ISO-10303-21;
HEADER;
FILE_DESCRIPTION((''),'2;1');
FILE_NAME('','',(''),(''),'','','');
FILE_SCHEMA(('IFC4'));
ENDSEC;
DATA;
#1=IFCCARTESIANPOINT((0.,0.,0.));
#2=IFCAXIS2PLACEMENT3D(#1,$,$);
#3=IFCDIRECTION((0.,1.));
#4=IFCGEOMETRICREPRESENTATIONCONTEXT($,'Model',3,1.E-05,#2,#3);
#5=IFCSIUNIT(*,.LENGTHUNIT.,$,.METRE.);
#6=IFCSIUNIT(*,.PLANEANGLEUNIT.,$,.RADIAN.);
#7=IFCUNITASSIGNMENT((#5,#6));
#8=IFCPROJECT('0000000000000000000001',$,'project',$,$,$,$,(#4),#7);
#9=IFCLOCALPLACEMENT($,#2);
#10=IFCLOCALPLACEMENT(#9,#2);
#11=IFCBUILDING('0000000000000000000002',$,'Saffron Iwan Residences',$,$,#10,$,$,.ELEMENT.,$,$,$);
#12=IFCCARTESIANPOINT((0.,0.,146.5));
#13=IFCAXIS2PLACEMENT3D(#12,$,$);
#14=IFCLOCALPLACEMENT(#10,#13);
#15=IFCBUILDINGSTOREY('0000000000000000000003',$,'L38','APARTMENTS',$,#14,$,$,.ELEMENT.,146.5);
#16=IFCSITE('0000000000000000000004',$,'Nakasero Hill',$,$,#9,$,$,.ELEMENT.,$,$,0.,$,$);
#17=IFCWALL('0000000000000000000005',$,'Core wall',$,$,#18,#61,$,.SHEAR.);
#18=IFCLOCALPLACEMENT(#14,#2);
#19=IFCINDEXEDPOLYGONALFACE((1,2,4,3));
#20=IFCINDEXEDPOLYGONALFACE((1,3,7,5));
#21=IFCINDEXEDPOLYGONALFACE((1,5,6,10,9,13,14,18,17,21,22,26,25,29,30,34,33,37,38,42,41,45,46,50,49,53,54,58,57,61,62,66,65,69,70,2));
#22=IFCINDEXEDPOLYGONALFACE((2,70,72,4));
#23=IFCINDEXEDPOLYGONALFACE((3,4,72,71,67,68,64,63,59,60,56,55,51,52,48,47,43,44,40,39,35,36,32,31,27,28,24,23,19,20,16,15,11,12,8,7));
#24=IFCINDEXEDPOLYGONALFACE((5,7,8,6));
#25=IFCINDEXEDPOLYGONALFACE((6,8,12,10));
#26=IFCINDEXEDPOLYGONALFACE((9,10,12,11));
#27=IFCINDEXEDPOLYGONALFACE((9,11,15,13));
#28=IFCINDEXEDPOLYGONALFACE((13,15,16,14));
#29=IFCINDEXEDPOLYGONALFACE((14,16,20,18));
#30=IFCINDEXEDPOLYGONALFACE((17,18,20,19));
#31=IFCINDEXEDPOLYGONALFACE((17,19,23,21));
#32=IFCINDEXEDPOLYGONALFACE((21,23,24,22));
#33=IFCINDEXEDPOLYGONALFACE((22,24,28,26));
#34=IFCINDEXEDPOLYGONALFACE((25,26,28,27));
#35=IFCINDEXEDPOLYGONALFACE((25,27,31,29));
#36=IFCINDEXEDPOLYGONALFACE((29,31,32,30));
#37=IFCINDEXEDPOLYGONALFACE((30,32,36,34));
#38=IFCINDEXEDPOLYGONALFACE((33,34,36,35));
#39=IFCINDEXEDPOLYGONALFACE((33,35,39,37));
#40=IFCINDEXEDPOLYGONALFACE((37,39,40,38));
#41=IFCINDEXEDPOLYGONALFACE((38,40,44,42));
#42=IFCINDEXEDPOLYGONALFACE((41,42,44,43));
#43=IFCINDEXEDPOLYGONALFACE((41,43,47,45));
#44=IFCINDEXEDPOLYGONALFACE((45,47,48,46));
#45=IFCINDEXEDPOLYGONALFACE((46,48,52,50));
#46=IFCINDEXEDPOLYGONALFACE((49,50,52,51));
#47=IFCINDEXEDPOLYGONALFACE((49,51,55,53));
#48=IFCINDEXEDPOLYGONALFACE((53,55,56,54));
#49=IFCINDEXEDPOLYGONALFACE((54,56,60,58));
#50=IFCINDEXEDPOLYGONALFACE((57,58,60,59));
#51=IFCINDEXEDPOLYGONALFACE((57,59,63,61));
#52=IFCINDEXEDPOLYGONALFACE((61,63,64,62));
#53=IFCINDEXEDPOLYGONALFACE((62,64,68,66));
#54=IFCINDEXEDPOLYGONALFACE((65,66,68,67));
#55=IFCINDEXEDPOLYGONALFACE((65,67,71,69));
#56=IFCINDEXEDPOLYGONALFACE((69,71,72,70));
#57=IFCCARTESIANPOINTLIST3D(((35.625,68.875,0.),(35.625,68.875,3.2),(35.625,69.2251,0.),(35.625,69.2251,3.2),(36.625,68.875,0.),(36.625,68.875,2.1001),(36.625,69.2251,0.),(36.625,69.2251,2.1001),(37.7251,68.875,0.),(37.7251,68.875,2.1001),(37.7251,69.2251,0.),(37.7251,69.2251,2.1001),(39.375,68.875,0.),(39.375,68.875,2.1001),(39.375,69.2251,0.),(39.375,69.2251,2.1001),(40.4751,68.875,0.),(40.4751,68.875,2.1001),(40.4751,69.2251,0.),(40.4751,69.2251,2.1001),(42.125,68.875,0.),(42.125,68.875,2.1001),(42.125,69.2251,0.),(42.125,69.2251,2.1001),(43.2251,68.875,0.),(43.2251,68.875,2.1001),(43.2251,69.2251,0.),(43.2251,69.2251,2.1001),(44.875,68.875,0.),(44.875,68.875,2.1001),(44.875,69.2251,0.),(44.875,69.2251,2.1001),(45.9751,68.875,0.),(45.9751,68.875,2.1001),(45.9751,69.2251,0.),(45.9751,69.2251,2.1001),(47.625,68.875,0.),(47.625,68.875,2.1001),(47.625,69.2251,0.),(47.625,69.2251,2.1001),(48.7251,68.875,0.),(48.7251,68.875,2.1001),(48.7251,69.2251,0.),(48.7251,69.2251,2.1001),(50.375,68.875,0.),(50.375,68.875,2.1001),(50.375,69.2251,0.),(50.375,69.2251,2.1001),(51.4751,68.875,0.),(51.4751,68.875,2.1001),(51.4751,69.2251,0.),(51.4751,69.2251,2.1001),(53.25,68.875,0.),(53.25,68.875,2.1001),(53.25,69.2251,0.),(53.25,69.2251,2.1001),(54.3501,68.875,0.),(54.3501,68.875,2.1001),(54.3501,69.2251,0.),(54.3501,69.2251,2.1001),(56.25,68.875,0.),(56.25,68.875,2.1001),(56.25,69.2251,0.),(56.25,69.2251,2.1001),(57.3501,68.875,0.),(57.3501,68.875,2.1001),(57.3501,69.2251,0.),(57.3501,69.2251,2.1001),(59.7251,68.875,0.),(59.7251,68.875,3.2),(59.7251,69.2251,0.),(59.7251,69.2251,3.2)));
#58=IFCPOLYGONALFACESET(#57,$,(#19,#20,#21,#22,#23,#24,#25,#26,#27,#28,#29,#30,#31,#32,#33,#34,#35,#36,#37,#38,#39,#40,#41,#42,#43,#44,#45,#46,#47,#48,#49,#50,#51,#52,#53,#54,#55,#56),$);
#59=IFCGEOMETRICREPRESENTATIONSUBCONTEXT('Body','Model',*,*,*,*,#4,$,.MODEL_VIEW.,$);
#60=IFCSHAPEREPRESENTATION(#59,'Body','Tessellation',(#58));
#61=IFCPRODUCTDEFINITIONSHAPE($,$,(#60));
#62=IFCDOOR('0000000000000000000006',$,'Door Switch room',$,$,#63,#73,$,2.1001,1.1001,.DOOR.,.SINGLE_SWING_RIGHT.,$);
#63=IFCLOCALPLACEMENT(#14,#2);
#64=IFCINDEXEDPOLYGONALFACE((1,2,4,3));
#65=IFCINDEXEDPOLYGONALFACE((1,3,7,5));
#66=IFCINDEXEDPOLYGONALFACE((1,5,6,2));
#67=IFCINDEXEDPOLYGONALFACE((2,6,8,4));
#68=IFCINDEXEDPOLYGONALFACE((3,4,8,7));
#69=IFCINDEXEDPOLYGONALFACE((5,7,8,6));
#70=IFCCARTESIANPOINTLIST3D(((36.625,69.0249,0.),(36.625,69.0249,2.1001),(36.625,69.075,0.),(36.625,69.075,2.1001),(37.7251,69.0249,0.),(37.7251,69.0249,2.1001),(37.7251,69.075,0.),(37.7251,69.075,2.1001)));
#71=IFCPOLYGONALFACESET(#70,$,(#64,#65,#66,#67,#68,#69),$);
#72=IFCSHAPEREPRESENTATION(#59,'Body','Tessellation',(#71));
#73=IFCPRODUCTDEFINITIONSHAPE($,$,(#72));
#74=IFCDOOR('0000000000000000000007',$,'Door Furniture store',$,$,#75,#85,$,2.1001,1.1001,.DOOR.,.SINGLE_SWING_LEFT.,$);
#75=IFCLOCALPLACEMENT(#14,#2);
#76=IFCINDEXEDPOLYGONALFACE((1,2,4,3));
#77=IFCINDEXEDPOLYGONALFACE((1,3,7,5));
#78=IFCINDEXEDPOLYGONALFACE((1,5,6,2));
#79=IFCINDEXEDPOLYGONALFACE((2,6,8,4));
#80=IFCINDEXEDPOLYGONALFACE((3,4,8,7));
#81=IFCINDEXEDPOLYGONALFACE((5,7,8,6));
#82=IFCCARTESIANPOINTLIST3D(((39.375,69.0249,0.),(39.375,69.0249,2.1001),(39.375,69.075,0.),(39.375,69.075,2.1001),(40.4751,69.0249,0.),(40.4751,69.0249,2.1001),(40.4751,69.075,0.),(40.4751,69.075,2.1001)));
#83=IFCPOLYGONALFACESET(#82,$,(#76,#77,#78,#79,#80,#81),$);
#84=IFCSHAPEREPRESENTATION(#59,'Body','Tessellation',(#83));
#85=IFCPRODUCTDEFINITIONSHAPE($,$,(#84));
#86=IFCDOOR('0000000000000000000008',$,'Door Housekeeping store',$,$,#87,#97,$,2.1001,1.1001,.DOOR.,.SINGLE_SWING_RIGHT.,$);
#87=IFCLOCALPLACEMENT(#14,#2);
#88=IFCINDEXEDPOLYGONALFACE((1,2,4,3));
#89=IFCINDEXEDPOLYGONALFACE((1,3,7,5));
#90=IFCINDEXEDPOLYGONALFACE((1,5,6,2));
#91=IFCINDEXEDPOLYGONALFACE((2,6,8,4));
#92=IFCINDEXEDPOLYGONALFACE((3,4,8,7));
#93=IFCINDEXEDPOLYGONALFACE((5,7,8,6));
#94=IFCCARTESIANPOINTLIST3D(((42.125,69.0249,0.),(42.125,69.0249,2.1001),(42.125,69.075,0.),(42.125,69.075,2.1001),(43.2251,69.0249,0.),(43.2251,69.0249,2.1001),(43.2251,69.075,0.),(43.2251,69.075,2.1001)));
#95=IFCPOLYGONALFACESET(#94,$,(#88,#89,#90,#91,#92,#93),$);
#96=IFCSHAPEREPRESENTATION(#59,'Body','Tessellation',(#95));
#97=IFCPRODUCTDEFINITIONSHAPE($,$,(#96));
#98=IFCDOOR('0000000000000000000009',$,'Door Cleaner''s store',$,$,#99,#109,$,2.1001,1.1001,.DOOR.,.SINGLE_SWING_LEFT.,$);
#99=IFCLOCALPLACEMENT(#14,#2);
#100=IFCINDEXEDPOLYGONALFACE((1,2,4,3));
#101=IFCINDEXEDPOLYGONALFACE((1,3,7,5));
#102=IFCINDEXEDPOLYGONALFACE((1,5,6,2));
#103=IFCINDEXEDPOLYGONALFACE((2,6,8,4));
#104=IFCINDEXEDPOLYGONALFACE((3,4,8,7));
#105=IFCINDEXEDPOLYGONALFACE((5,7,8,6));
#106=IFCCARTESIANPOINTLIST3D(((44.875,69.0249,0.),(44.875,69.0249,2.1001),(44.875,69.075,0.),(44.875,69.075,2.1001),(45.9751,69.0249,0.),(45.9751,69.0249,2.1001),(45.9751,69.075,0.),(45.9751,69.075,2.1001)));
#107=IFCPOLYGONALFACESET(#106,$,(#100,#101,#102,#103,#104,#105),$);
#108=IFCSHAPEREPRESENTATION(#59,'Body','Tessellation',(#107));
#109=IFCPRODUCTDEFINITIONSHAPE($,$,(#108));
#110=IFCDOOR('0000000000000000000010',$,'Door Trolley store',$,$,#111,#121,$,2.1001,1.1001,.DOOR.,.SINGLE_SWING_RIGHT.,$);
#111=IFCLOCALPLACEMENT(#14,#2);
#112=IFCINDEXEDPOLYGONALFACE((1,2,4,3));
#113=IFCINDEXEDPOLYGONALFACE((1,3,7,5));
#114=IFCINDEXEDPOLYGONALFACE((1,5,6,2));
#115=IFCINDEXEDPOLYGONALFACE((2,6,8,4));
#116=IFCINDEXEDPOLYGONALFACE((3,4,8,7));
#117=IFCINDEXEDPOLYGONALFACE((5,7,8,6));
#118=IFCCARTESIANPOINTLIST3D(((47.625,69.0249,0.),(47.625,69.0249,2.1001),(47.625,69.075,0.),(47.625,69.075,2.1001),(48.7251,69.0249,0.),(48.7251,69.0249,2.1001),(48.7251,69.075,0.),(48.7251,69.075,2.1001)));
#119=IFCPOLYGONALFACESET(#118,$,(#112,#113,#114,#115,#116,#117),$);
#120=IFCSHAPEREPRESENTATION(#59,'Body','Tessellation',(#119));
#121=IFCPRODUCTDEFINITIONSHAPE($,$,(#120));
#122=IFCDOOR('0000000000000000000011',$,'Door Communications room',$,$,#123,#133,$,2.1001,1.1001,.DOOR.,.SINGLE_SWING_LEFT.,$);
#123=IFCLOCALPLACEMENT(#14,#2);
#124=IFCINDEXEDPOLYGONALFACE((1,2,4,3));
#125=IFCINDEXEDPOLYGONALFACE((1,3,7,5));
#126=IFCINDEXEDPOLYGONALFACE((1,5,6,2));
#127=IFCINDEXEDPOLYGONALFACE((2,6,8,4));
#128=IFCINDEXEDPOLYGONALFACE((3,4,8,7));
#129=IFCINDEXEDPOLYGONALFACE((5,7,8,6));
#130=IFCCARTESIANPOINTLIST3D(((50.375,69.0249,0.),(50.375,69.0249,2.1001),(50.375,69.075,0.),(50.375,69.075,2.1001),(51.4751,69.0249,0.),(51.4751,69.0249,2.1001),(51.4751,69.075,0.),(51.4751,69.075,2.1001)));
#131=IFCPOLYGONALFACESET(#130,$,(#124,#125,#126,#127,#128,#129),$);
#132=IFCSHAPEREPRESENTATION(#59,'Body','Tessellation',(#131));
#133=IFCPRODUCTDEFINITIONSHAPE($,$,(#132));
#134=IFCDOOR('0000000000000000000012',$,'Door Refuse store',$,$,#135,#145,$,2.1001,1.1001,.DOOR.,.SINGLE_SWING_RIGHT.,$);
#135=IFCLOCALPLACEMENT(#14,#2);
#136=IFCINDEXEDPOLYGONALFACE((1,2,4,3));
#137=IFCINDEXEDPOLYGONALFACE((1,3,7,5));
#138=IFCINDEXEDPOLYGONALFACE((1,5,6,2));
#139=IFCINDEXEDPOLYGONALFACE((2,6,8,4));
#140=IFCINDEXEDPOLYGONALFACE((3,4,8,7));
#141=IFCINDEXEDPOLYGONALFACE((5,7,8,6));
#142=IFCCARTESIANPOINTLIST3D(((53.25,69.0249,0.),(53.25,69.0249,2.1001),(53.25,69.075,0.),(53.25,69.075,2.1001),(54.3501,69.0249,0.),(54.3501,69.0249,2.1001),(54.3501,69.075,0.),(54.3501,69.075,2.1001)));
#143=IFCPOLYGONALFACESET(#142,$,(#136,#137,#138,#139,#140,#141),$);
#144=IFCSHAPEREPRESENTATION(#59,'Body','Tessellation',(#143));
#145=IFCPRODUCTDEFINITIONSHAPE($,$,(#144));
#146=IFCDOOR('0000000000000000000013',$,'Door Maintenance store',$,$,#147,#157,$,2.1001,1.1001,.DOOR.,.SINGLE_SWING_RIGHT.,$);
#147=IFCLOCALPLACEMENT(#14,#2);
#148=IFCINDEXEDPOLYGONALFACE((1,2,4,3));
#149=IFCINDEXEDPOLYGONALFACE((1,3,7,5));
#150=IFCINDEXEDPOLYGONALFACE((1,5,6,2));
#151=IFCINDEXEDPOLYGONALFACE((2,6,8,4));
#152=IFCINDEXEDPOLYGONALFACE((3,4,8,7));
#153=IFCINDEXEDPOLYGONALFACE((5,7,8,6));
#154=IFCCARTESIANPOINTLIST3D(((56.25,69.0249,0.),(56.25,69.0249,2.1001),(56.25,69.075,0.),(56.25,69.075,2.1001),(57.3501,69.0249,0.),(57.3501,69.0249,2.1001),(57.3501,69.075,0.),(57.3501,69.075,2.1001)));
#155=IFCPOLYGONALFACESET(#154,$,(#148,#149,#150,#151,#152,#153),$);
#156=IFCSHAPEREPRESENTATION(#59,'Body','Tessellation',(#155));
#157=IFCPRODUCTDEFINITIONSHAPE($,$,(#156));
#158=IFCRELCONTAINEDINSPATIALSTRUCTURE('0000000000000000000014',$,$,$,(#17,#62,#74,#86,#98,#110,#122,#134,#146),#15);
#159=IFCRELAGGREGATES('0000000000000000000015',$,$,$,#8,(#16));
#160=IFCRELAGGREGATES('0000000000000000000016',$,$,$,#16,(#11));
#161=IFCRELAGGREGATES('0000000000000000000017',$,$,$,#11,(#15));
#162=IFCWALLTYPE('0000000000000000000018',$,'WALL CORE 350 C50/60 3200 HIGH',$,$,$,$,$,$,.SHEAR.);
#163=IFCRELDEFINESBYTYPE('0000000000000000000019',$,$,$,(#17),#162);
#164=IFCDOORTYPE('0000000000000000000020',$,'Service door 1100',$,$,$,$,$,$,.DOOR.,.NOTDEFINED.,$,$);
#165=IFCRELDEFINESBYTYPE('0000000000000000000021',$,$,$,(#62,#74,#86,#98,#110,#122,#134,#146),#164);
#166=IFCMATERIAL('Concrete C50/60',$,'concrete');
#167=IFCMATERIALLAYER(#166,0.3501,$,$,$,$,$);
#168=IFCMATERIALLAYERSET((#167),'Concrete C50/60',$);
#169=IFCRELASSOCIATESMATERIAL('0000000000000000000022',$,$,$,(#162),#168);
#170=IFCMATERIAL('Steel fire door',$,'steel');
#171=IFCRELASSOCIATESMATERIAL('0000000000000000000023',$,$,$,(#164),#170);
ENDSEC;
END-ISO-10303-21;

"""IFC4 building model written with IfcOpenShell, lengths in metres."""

from ifc_helpers import new_model, si_unit, direction, frame, frame_2d, origin, place, context, subcontext, project, spatial, rectangle, extrude, material, layer, layer_set, type_object, element, fill, save


model = new_model("IFC4")

# Units and contexts
model_context = context("Model", 3, precision=1e-05, world=origin(), true_north=direction((0.0, 1.0)))
body_context = subcontext(model_context, "Body", "Model", "MODEL_VIEW")
ifc_project = project(units=[si_unit("LENGTHUNIT", "METRE"), si_unit("PLANEANGLEUNIT", "RADIAN")], contexts=[model_context])

# Site, building, storey
site_placement = place(None, origin())
site = spatial("IfcSite", under=ifc_project, at=site_placement, Name="Nakasero Hill", CompositionType="ELEMENT", RefElevation=0.0)
building_placement = place(site_placement, origin())
building = spatial("IfcBuilding", under=site, at=building_placement, Name="Saffron Iwan Residences", CompositionType="ELEMENT")
storey_placement = place(building_placement, frame((0.0, 0.0, 146.5)))
storey = spatial("IfcBuildingStorey", under=building, at=storey_placement, Name="L38", Description="APARTMENTS", CompositionType="ELEMENT", Elevation=146.5)

# Wall, openings, doors
ifc_material_1 = material(Name="Concrete C50/60", Category="concrete")
ifc_layer = layer(ifc_material_1, 0.3501)
ifc_layer_set = layer_set([ifc_layer], Name="Concrete C50/60")
wall_type = type_object("IfcWallType", Name="WALL CORE 350 C50/60 3200 HIGH", PredefinedType="SHEAR", material=ifc_layer_set)
wall_1_placement = place(storey_placement, frame((35.625, 69.05, 0.0), z_axis=(0.0, 0.0, 1.0), x_axis=(1.0, 0.0, 0.0)))
wall_1 = element("IfcWall", 1, at=wall_1_placement, inside=storey, type_object=wall_type, Name="Core wall", PredefinedType="SHEAR", context=body_context, shape_type="SweptSolid", body=[
    extrude(rectangle(XDim=24.1001, YDim=0.3501, at=frame_2d((12.05, 0.0))), origin(), (0.0, 0.0, 1.0), 3.2),
])
opening_1_placement = place(wall_1_placement, frame((1.0, 0.0, 0.0)))
opening_1 = element("IfcOpeningElement", 2, at=opening_1_placement, cuts=wall_1, PredefinedType="OPENING", context=body_context, shape_type="SweptSolid", body=[
    extrude(rectangle(XDim=1.1001, YDim=2.1001, at=frame_2d((0.55, 1.05))), frame((0.0, 0.1851, 0.0), z_axis=(0.0, -1.0, 0.0), x_axis=(1.0, 0.0, 0.0)), (0.0, 0.0, 1.0), 0.3701),
])
opening_2_placement = place(wall_1_placement, frame((3.75, 0.0, 0.0)))
opening_2 = element("IfcOpeningElement", 3, at=opening_2_placement, cuts=wall_1, PredefinedType="OPENING", context=body_context, shape_type="SweptSolid", body=[
    extrude(rectangle(XDim=1.1001, YDim=2.1001, at=frame_2d((0.55, 1.05))), frame((0.0, 0.1851, 0.0), z_axis=(0.0, -1.0, 0.0), x_axis=(1.0, 0.0, 0.0)), (0.0, 0.0, 1.0), 0.3701),
])
opening_3_placement = place(wall_1_placement, frame((6.5, 0.0, 0.0)))
opening_3 = element("IfcOpeningElement", 4, at=opening_3_placement, cuts=wall_1, PredefinedType="OPENING", context=body_context, shape_type="SweptSolid", body=[
    extrude(rectangle(XDim=1.1001, YDim=2.1001, at=frame_2d((0.55, 1.05))), frame((0.0, 0.1851, 0.0), z_axis=(0.0, -1.0, 0.0), x_axis=(1.0, 0.0, 0.0)), (0.0, 0.0, 1.0), 0.3701),
])
opening_4_placement = place(wall_1_placement, frame((9.25, 0.0, 0.0)))
opening_4 = element("IfcOpeningElement", 5, at=opening_4_placement, cuts=wall_1, PredefinedType="OPENING", context=body_context, shape_type="SweptSolid", body=[
    extrude(rectangle(XDim=1.1001, YDim=2.1001, at=frame_2d((0.55, 1.05))), frame((0.0, 0.1851, 0.0), z_axis=(0.0, -1.0, 0.0), x_axis=(1.0, 0.0, 0.0)), (0.0, 0.0, 1.0), 0.3701),
])
opening_5_placement = place(wall_1_placement, frame((12.0, 0.0, 0.0)))
opening_5 = element("IfcOpeningElement", 6, at=opening_5_placement, cuts=wall_1, PredefinedType="OPENING", context=body_context, shape_type="SweptSolid", body=[
    extrude(rectangle(XDim=1.1001, YDim=2.1001, at=frame_2d((0.55, 1.05))), frame((0.0, 0.1851, 0.0), z_axis=(0.0, -1.0, 0.0), x_axis=(1.0, 0.0, 0.0)), (0.0, 0.0, 1.0), 0.3701),
])
opening_6_placement = place(wall_1_placement, frame((14.75, 0.0, 0.0)))
opening_6 = element("IfcOpeningElement", 7, at=opening_6_placement, cuts=wall_1, PredefinedType="OPENING", context=body_context, shape_type="SweptSolid", body=[
    extrude(rectangle(XDim=1.1001, YDim=2.1001, at=frame_2d((0.55, 1.05))), frame((0.0, 0.1851, 0.0), z_axis=(0.0, -1.0, 0.0), x_axis=(1.0, 0.0, 0.0)), (0.0, 0.0, 1.0), 0.3701),
])
opening_7_placement = place(wall_1_placement, frame((17.625, 0.0, 0.0)))
opening_7 = element("IfcOpeningElement", 8, at=opening_7_placement, cuts=wall_1, PredefinedType="OPENING", context=body_context, shape_type="SweptSolid", body=[
    extrude(rectangle(XDim=1.1001, YDim=2.1001, at=frame_2d((0.55, 1.05))), frame((0.0, 0.1851, 0.0), z_axis=(0.0, -1.0, 0.0), x_axis=(1.0, 0.0, 0.0)), (0.0, 0.0, 1.0), 0.3701),
])
opening_8_placement = place(wall_1_placement, frame((20.625, 0.0, 0.0)))
opening_8 = element("IfcOpeningElement", 9, at=opening_8_placement, cuts=wall_1, PredefinedType="OPENING", context=body_context, shape_type="SweptSolid", body=[
    extrude(rectangle(XDim=1.1001, YDim=2.1001, at=frame_2d((0.55, 1.05))), frame((0.0, 0.1851, 0.0), z_axis=(0.0, -1.0, 0.0), x_axis=(1.0, 0.0, 0.0)), (0.0, 0.0, 1.0), 0.3701),
])
ifc_material_2 = material(Name="Steel fire door", Category="steel")
door_type_1 = type_object("IfcDoorType", Name="Service door 1100", OperationType="NOTDEFINED", PredefinedType="DOOR", material=ifc_material_2)
door_1_placement = place(opening_1_placement, origin())
door_1 = element("IfcDoor", 10, at=door_1_placement, inside=storey, type_object=door_type_1, Name="Door Switch room", OperationType="SINGLE_SWING_RIGHT", OverallHeight=2.1001, OverallWidth=1.1001, PredefinedType="DOOR", context=body_context, shape_type="SweptSolid", body=[
    extrude(rectangle(XDim=1.1001, YDim=2.1001, at=frame_2d((0.55, 1.05))), frame((0.0, 0.0249, 0.0), z_axis=(0.0, -1.0, 0.0), x_axis=(1.0, 0.0, 0.0)), (0.0, 0.0, 1.0), 0.05),
])
fill(opening_1, door_1)
door_2_placement = place(opening_2_placement, origin())
door_2 = element("IfcDoor", 11, at=door_2_placement, inside=storey, type_object=door_type_1, Name="Door Furniture store", OperationType="SINGLE_SWING_LEFT", OverallHeight=2.1001, OverallWidth=1.1001, PredefinedType="DOOR", context=body_context, shape_type="SweptSolid", body=[
    extrude(rectangle(XDim=1.1001, YDim=2.1001, at=frame_2d((0.55, 1.05))), frame((0.0, 0.0249, 0.0), z_axis=(0.0, -1.0, 0.0), x_axis=(1.0, 0.0, 0.0)), (0.0, 0.0, 1.0), 0.05),
])
fill(opening_2, door_2)
door_3_placement = place(opening_3_placement, origin())
door_3 = element("IfcDoor", 12, at=door_3_placement, inside=storey, type_object=door_type_1, Name="Door Housekeeping store", OperationType="SINGLE_SWING_RIGHT", OverallHeight=2.1001, OverallWidth=1.1001, PredefinedType="DOOR", context=body_context, shape_type="SweptSolid", body=[
    extrude(rectangle(XDim=1.1001, YDim=2.1001, at=frame_2d((0.55, 1.05))), frame((0.0, 0.0249, 0.0), z_axis=(0.0, -1.0, 0.0), x_axis=(1.0, 0.0, 0.0)), (0.0, 0.0, 1.0), 0.05),
])
fill(opening_3, door_3)
door_4_placement = place(opening_4_placement, origin())
door_4 = element("IfcDoor", 13, at=door_4_placement, inside=storey, type_object=door_type_1, Name="Door Cleaner's store", OperationType="SINGLE_SWING_LEFT", OverallHeight=2.1001, OverallWidth=1.1001, PredefinedType="DOOR", context=body_context, shape_type="SweptSolid", body=[
    extrude(rectangle(XDim=1.1001, YDim=2.1001, at=frame_2d((0.55, 1.05))), frame((0.0, 0.0249, 0.0), z_axis=(0.0, -1.0, 0.0), x_axis=(1.0, 0.0, 0.0)), (0.0, 0.0, 1.0), 0.05),
])
fill(opening_4, door_4)
door_5_placement = place(opening_5_placement, origin())
door_5 = element("IfcDoor", 14, at=door_5_placement, inside=storey, type_object=door_type_1, Name="Door Trolley store", OperationType="SINGLE_SWING_RIGHT", OverallHeight=2.1001, OverallWidth=1.1001, PredefinedType="DOOR", context=body_context, shape_type="SweptSolid", body=[
    extrude(rectangle(XDim=1.1001, YDim=2.1001, at=frame_2d((0.55, 1.05))), frame((0.0, 0.0249, 0.0), z_axis=(0.0, -1.0, 0.0), x_axis=(1.0, 0.0, 0.0)), (0.0, 0.0, 1.0), 0.05),
])
fill(opening_5, door_5)
door_6_placement = place(opening_6_placement, origin())
door_6 = element("IfcDoor", 15, at=door_6_placement, inside=storey, type_object=door_type_1, Name="Door Communications room", OperationType="SINGLE_SWING_LEFT", OverallHeight=2.1001, OverallWidth=1.1001, PredefinedType="DOOR", context=body_context, shape_type="SweptSolid", body=[
    extrude(rectangle(XDim=1.1001, YDim=2.1001, at=frame_2d((0.55, 1.05))), frame((0.0, 0.0249, 0.0), z_axis=(0.0, -1.0, 0.0), x_axis=(1.0, 0.0, 0.0)), (0.0, 0.0, 1.0), 0.05),
])
fill(opening_6, door_6)
door_7_placement = place(opening_7_placement, origin())
door_7 = element("IfcDoor", 16, at=door_7_placement, inside=storey, type_object=door_type_1, Name="Door Refuse store", OperationType="SINGLE_SWING_RIGHT", OverallHeight=2.1001, OverallWidth=1.1001, PredefinedType="DOOR", context=body_context, shape_type="SweptSolid", body=[
    extrude(rectangle(XDim=1.1001, YDim=2.1001, at=frame_2d((0.55, 1.05))), frame((0.0, 0.0249, 0.0), z_axis=(0.0, -1.0, 0.0), x_axis=(1.0, 0.0, 0.0)), (0.0, 0.0, 1.0), 0.05),
])
fill(opening_7, door_7)
door_8_placement = place(opening_8_placement, origin())
door_8 = element("IfcDoor", 17, at=door_8_placement, inside=storey, type_object=door_type_1, Name="Door Maintenance store", OperationType="SINGLE_SWING_RIGHT", OverallHeight=2.1001, OverallWidth=1.1001, PredefinedType="DOOR", context=body_context, shape_type="SweptSolid", body=[
    extrude(rectangle(XDim=1.1001, YDim=2.1001, at=frame_2d((0.55, 1.05))), frame((0.0, 0.0249, 0.0), z_axis=(0.0, -1.0, 0.0), x_axis=(1.0, 0.0, 0.0)), (0.0, 0.0, 1.0), 0.05),
])
fill(opening_8, door_8)

save(model, "model.ifc")
